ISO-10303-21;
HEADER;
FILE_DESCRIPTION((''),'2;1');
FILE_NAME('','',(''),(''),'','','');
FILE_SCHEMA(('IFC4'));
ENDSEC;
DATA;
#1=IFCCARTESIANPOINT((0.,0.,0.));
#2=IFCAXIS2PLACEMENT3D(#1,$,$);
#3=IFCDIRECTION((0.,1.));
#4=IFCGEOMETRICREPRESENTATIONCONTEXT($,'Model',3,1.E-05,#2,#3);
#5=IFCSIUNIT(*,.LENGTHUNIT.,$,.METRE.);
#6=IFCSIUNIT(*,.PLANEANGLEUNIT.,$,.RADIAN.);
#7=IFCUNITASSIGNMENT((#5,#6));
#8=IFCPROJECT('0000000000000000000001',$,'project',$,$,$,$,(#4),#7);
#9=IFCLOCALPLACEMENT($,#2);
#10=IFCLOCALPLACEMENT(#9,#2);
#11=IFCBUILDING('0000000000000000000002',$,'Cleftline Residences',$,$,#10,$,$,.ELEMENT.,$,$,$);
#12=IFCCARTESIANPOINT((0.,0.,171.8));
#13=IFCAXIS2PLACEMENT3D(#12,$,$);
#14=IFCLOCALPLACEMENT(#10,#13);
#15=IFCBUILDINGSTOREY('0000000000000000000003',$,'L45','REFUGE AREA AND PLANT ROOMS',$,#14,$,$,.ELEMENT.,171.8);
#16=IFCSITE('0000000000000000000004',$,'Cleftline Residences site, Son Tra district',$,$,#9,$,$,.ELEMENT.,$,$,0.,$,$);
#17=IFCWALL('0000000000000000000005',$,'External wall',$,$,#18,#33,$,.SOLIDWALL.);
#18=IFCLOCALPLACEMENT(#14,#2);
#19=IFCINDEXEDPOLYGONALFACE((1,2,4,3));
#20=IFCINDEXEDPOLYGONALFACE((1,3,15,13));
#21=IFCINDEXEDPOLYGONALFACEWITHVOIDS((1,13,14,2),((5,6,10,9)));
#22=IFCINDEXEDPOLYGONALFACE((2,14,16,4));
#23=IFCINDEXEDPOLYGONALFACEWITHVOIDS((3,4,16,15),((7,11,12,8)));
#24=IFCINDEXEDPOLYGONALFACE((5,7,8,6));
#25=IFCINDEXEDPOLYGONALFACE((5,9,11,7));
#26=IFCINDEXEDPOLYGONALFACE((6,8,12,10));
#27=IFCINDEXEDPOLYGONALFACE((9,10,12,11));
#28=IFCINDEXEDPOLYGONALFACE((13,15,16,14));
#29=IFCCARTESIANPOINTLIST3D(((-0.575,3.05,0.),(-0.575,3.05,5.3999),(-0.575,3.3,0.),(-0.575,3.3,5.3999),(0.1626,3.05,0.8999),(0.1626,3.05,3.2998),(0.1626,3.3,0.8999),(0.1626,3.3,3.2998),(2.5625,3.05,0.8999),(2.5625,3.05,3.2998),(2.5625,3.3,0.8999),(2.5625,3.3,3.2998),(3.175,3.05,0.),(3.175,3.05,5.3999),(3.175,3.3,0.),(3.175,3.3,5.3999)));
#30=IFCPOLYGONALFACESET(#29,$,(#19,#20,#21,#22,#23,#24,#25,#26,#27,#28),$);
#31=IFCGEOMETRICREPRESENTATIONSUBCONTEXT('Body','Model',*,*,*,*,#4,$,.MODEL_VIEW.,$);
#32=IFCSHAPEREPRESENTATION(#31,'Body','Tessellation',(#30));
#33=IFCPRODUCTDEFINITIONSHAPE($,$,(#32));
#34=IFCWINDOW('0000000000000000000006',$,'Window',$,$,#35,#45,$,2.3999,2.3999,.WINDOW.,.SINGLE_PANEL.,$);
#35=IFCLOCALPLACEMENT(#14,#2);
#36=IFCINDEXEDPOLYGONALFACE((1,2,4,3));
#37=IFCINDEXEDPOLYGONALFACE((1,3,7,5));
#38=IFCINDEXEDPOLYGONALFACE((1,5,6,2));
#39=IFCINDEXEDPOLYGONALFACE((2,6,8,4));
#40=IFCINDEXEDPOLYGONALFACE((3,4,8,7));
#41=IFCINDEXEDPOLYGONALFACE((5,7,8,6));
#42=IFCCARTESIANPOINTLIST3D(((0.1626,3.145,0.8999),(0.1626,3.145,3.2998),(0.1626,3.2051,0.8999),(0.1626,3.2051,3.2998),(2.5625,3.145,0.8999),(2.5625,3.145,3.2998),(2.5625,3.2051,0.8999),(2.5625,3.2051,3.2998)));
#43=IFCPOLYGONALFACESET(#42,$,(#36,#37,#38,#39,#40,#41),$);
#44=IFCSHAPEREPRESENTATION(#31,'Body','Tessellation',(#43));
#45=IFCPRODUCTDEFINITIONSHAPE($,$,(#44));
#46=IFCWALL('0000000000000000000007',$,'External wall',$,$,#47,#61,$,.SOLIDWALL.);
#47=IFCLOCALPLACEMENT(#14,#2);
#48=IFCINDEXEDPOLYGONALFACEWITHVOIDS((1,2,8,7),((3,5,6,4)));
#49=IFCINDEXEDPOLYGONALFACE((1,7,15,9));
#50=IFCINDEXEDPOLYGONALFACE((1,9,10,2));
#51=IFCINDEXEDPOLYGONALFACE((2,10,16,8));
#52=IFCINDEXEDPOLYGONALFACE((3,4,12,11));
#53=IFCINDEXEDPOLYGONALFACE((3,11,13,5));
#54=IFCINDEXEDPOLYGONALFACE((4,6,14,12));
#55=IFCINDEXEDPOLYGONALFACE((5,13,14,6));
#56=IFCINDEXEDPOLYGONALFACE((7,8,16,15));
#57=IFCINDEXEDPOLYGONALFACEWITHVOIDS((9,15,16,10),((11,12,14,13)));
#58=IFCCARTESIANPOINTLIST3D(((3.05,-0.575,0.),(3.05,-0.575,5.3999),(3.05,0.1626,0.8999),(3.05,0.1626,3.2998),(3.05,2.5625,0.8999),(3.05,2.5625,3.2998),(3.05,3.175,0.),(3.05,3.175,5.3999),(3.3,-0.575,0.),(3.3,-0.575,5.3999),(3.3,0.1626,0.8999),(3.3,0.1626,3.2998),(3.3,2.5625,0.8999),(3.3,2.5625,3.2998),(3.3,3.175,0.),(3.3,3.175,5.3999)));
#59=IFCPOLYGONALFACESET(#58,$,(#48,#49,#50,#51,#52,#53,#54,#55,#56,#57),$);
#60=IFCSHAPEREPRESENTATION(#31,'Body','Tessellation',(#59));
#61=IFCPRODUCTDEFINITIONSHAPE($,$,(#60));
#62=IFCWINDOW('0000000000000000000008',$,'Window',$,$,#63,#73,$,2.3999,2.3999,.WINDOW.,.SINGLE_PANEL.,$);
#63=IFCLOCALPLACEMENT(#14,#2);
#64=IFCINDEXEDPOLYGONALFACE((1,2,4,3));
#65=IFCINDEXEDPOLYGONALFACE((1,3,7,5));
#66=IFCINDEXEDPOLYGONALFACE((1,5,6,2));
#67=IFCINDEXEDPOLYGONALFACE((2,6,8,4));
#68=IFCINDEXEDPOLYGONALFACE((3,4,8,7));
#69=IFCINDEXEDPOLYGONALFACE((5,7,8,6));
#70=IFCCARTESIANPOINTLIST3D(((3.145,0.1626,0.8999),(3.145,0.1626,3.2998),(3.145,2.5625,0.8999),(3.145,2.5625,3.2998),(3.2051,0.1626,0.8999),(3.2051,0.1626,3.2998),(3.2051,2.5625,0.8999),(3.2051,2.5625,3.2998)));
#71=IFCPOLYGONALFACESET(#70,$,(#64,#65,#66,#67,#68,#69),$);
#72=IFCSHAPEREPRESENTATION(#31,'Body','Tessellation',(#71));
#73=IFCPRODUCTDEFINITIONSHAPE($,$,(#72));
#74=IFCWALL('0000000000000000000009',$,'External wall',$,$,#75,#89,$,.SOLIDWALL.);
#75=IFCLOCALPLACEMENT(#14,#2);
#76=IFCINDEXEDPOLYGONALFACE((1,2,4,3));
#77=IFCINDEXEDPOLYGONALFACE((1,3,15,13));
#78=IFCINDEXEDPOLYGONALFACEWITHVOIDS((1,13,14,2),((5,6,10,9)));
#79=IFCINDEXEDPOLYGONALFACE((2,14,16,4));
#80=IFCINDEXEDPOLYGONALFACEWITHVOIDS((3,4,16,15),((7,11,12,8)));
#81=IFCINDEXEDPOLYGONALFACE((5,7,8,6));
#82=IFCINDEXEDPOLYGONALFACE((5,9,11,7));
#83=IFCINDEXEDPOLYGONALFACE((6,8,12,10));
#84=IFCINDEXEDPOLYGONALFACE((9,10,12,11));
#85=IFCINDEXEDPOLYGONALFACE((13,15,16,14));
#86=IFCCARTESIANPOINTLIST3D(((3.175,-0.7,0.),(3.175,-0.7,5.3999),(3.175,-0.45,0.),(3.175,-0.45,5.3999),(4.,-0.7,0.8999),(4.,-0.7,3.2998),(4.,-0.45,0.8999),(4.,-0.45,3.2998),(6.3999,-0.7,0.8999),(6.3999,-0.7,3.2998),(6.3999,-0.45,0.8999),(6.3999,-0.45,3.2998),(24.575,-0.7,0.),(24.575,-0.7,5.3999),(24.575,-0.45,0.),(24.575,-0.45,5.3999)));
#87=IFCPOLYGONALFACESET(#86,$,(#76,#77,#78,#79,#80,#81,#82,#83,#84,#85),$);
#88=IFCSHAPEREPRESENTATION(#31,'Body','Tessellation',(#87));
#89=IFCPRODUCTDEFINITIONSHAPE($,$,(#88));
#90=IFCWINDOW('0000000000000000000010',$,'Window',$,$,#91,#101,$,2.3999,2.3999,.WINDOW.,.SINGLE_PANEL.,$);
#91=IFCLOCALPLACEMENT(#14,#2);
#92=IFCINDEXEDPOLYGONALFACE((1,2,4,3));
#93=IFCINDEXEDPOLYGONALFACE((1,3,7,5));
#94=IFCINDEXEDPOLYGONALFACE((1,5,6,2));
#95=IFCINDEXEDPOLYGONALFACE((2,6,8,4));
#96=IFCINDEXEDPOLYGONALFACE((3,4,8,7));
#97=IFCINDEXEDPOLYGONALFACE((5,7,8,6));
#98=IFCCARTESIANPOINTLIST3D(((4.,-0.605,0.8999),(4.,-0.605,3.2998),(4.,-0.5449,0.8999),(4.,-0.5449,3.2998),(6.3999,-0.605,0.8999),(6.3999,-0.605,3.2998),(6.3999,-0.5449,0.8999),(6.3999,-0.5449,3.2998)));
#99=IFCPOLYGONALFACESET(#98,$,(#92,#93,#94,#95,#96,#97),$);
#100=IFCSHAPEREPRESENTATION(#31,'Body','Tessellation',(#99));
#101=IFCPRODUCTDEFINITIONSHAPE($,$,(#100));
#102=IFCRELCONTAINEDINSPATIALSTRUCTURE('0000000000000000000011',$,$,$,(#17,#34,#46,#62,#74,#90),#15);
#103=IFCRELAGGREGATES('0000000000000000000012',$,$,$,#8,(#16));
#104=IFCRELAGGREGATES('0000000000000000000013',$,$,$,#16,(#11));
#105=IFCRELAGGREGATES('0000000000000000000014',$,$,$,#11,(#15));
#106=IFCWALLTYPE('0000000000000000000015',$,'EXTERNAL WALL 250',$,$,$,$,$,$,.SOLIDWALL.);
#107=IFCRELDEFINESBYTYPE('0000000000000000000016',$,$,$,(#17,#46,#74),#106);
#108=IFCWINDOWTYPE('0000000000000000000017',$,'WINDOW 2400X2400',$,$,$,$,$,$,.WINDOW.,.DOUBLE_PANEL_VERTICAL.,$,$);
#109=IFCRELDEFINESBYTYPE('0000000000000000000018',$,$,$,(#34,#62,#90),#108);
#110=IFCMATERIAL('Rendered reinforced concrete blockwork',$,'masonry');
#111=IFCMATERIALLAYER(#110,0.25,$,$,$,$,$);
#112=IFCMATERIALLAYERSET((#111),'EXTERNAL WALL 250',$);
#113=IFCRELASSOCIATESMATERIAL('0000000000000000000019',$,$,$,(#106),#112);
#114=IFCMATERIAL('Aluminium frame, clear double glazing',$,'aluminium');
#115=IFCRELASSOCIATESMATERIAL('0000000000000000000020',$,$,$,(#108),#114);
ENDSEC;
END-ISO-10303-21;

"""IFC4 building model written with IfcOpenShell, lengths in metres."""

from ifc_helpers import new_model, si_unit, direction, frame, frame_2d, origin, place, context, subcontext, project, spatial, rectangle, extrude, material, layer, layer_set, type_object, element, fill, save


model = new_model("IFC4")

# Units and contexts
model_context = context("Model", 3, precision=1e-05, world=origin(), true_north=direction((0.0, 1.0)))
body_context = subcontext(model_context, "Body", "Model", "MODEL_VIEW")
ifc_project = project(units=[si_unit("LENGTHUNIT", "METRE"), si_unit("PLANEANGLEUNIT", "RADIAN")], contexts=[model_context])

# Site, building, storey
site_placement = place(None, origin())
site = spatial("IfcSite", under=ifc_project, at=site_placement, Name="Cleftline Residences site, Son Tra district", CompositionType="ELEMENT", RefElevation=0.0)
building_placement = place(site_placement, origin())
building = spatial("IfcBuilding", under=site, at=building_placement, Name="Cleftline Residences", CompositionType="ELEMENT")
storey_placement = place(building_placement, frame((0.0, 0.0, 171.8)))
storey = spatial("IfcBuildingStorey", under=building, at=storey_placement, Name="L45", Description="REFUGE AREA AND PLANT ROOMS", CompositionType="ELEMENT", Elevation=171.8)

# Walls, openings, windows
ifc_material_1 = material(Name="Rendered reinforced concrete blockwork", Category="masonry")
ifc_layer_1 = layer(ifc_material_1, 0.25)
ifc_layer_set_1 = layer_set([ifc_layer_1], Name="EXTERNAL WALL 250")
wall_type = type_object("IfcWallType", Name="EXTERNAL WALL 250", PredefinedType="SOLIDWALL", material=ifc_layer_set_1)
wall_1_placement = place(storey_placement, frame((-0.575, 3.175, 0.0), z_axis=(0.0, 0.0, 1.0), x_axis=(1.0, 0.0, 0.0)))
wall_1 = element("IfcWall", 1, at=wall_1_placement, inside=storey, type_object=wall_type, Name="External wall", PredefinedType="SOLIDWALL", context=body_context, shape_type="SweptSolid", body=[
    extrude(rectangle(XDim=3.75, YDim=0.25, at=frame_2d((1.875, 0.0))), origin(), (0.0, 0.0, 1.0), 5.3999),
])
opening_1_placement = place(wall_1_placement, frame((0.7375, 0.0, 0.8999)))
opening_1 = element("IfcOpeningElement", 2, at=opening_1_placement, cuts=wall_1, PredefinedType="OPENING", context=body_context, shape_type="SweptSolid", body=[
    extrude(rectangle(XDim=2.3999, YDim=2.3999, at=frame_2d((1.2, 1.2))), frame((0.0, 0.135, 0.0), z_axis=(0.0, -1.0, 0.0), x_axis=(1.0, 0.0, 0.0)), (0.0, 0.0, 1.0), 0.27),
])
ifc_material_2 = material(Name="Aluminium frame, clear double glazing", Category="aluminium")
window_type = type_object("IfcWindowType", Name="WINDOW 2400X2400", PartitioningType="DOUBLE_PANEL_VERTICAL", PredefinedType="WINDOW", material=ifc_material_2)
window_1_placement = place(opening_1_placement, origin())
window_1 = element("IfcWindow", 3, at=window_1_placement, inside=storey, type_object=window_type, Name="Window", OverallHeight=2.3999, OverallWidth=2.3999, PartitioningType="SINGLE_PANEL", PredefinedType="WINDOW", context=body_context, shape_type="SweptSolid", body=[
    extrude(rectangle(XDim=2.3999, YDim=2.3999, at=frame_2d((1.2, 1.2))), frame((0.0, 0.03, 0.0), z_axis=(0.0, -1.0, 0.0), x_axis=(1.0, 0.0, 0.0)), (0.0, 0.0, 1.0), 0.0601),
])
fill(opening_1, window_1)
wall_2_placement = place(storey_placement, frame((3.175, 3.175, 0.0), z_axis=(0.0, 0.0, 1.0), x_axis=(0.0, -1.0, 0.0)))
wall_2 = element("IfcWall", 4, at=wall_2_placement, inside=storey, type_object=wall_type, Name="External wall", PredefinedType="SOLIDWALL", context=body_context, shape_type="SweptSolid", body=[
    extrude(rectangle(XDim=3.75, YDim=0.25, at=frame_2d((1.875, 0.0))), origin(), (0.0, 0.0, 1.0), 5.3999),
])
opening_2_placement = place(wall_2_placement, frame((0.6125, 0.0, 0.8999)))
opening_2 = element("IfcOpeningElement", 5, at=opening_2_placement, cuts=wall_2, PredefinedType="OPENING", context=body_context, shape_type="SweptSolid", body=[
    extrude(rectangle(XDim=2.3999, YDim=2.3999, at=frame_2d((1.2, 1.2))), frame((0.0, 0.135, 0.0), z_axis=(0.0, -1.0, 0.0), x_axis=(1.0, 0.0, 0.0)), (0.0, 0.0, 1.0), 0.27),
])
window_2_placement = place(opening_2_placement, origin())
window_2 = element("IfcWindow", 6, at=window_2_placement, inside=storey, type_object=window_type, Name="Window", OverallHeight=2.3999, OverallWidth=2.3999, PartitioningType="SINGLE_PANEL", PredefinedType="WINDOW", context=body_context, shape_type="SweptSolid", body=[
    extrude(rectangle(XDim=2.3999, YDim=2.3999, at=frame_2d((1.2, 1.2))), frame((0.0, 0.03, 0.0), z_axis=(0.0, -1.0, 0.0), x_axis=(1.0, 0.0, 0.0)), (0.0, 0.0, 1.0), 0.0601),
])
fill(opening_2, window_2)
wall_3_placement = place(storey_placement, frame((3.175, -0.575, 0.0), z_axis=(0.0, 0.0, 1.0), x_axis=(1.0, 0.0, 0.0)))
wall_3 = element("IfcWall", 7, at=wall_3_placement, inside=storey, type_object=wall_type, Name="External wall", PredefinedType="SOLIDWALL", context=body_context, shape_type="SweptSolid", body=[
    extrude(rectangle(XDim=21.3999, YDim=0.25, at=frame_2d((10.7, 0.0))), origin(), (0.0, 0.0, 1.0), 5.3999),
])
opening_3_placement = place(wall_3_placement, frame((0.825, 0.0, 0.8999)))
opening_3 = element("IfcOpeningElement", 8, at=opening_3_placement, cuts=wall_3, PredefinedType="OPENING", context=body_context, shape_type="SweptSolid", body=[
    extrude(rectangle(XDim=2.3999, YDim=2.3999, at=frame_2d((1.2, 1.2))), frame((0.0, 0.135, 0.0), z_axis=(0.0, -1.0, 0.0), x_axis=(1.0, 0.0, 0.0)), (0.0, 0.0, 1.0), 0.27),
])
window_3_placement = place(opening_3_placement, origin())
window_3 = element("IfcWindow", 9, at=window_3_placement, inside=storey, type_object=window_type, Name="Window", OverallHeight=2.3999, OverallWidth=2.3999, PartitioningType="SINGLE_PANEL", PredefinedType="WINDOW", context=body_context, shape_type="SweptSolid", body=[
    extrude(rectangle(XDim=2.3999, YDim=2.3999, at=frame_2d((1.2, 1.2))), frame((0.0, 0.03, 0.0), z_axis=(0.0, -1.0, 0.0), x_axis=(1.0, 0.0, 0.0)), (0.0, 0.0, 1.0), 0.0601),
])
fill(opening_3, window_3)

save(model, "model.ifc")
